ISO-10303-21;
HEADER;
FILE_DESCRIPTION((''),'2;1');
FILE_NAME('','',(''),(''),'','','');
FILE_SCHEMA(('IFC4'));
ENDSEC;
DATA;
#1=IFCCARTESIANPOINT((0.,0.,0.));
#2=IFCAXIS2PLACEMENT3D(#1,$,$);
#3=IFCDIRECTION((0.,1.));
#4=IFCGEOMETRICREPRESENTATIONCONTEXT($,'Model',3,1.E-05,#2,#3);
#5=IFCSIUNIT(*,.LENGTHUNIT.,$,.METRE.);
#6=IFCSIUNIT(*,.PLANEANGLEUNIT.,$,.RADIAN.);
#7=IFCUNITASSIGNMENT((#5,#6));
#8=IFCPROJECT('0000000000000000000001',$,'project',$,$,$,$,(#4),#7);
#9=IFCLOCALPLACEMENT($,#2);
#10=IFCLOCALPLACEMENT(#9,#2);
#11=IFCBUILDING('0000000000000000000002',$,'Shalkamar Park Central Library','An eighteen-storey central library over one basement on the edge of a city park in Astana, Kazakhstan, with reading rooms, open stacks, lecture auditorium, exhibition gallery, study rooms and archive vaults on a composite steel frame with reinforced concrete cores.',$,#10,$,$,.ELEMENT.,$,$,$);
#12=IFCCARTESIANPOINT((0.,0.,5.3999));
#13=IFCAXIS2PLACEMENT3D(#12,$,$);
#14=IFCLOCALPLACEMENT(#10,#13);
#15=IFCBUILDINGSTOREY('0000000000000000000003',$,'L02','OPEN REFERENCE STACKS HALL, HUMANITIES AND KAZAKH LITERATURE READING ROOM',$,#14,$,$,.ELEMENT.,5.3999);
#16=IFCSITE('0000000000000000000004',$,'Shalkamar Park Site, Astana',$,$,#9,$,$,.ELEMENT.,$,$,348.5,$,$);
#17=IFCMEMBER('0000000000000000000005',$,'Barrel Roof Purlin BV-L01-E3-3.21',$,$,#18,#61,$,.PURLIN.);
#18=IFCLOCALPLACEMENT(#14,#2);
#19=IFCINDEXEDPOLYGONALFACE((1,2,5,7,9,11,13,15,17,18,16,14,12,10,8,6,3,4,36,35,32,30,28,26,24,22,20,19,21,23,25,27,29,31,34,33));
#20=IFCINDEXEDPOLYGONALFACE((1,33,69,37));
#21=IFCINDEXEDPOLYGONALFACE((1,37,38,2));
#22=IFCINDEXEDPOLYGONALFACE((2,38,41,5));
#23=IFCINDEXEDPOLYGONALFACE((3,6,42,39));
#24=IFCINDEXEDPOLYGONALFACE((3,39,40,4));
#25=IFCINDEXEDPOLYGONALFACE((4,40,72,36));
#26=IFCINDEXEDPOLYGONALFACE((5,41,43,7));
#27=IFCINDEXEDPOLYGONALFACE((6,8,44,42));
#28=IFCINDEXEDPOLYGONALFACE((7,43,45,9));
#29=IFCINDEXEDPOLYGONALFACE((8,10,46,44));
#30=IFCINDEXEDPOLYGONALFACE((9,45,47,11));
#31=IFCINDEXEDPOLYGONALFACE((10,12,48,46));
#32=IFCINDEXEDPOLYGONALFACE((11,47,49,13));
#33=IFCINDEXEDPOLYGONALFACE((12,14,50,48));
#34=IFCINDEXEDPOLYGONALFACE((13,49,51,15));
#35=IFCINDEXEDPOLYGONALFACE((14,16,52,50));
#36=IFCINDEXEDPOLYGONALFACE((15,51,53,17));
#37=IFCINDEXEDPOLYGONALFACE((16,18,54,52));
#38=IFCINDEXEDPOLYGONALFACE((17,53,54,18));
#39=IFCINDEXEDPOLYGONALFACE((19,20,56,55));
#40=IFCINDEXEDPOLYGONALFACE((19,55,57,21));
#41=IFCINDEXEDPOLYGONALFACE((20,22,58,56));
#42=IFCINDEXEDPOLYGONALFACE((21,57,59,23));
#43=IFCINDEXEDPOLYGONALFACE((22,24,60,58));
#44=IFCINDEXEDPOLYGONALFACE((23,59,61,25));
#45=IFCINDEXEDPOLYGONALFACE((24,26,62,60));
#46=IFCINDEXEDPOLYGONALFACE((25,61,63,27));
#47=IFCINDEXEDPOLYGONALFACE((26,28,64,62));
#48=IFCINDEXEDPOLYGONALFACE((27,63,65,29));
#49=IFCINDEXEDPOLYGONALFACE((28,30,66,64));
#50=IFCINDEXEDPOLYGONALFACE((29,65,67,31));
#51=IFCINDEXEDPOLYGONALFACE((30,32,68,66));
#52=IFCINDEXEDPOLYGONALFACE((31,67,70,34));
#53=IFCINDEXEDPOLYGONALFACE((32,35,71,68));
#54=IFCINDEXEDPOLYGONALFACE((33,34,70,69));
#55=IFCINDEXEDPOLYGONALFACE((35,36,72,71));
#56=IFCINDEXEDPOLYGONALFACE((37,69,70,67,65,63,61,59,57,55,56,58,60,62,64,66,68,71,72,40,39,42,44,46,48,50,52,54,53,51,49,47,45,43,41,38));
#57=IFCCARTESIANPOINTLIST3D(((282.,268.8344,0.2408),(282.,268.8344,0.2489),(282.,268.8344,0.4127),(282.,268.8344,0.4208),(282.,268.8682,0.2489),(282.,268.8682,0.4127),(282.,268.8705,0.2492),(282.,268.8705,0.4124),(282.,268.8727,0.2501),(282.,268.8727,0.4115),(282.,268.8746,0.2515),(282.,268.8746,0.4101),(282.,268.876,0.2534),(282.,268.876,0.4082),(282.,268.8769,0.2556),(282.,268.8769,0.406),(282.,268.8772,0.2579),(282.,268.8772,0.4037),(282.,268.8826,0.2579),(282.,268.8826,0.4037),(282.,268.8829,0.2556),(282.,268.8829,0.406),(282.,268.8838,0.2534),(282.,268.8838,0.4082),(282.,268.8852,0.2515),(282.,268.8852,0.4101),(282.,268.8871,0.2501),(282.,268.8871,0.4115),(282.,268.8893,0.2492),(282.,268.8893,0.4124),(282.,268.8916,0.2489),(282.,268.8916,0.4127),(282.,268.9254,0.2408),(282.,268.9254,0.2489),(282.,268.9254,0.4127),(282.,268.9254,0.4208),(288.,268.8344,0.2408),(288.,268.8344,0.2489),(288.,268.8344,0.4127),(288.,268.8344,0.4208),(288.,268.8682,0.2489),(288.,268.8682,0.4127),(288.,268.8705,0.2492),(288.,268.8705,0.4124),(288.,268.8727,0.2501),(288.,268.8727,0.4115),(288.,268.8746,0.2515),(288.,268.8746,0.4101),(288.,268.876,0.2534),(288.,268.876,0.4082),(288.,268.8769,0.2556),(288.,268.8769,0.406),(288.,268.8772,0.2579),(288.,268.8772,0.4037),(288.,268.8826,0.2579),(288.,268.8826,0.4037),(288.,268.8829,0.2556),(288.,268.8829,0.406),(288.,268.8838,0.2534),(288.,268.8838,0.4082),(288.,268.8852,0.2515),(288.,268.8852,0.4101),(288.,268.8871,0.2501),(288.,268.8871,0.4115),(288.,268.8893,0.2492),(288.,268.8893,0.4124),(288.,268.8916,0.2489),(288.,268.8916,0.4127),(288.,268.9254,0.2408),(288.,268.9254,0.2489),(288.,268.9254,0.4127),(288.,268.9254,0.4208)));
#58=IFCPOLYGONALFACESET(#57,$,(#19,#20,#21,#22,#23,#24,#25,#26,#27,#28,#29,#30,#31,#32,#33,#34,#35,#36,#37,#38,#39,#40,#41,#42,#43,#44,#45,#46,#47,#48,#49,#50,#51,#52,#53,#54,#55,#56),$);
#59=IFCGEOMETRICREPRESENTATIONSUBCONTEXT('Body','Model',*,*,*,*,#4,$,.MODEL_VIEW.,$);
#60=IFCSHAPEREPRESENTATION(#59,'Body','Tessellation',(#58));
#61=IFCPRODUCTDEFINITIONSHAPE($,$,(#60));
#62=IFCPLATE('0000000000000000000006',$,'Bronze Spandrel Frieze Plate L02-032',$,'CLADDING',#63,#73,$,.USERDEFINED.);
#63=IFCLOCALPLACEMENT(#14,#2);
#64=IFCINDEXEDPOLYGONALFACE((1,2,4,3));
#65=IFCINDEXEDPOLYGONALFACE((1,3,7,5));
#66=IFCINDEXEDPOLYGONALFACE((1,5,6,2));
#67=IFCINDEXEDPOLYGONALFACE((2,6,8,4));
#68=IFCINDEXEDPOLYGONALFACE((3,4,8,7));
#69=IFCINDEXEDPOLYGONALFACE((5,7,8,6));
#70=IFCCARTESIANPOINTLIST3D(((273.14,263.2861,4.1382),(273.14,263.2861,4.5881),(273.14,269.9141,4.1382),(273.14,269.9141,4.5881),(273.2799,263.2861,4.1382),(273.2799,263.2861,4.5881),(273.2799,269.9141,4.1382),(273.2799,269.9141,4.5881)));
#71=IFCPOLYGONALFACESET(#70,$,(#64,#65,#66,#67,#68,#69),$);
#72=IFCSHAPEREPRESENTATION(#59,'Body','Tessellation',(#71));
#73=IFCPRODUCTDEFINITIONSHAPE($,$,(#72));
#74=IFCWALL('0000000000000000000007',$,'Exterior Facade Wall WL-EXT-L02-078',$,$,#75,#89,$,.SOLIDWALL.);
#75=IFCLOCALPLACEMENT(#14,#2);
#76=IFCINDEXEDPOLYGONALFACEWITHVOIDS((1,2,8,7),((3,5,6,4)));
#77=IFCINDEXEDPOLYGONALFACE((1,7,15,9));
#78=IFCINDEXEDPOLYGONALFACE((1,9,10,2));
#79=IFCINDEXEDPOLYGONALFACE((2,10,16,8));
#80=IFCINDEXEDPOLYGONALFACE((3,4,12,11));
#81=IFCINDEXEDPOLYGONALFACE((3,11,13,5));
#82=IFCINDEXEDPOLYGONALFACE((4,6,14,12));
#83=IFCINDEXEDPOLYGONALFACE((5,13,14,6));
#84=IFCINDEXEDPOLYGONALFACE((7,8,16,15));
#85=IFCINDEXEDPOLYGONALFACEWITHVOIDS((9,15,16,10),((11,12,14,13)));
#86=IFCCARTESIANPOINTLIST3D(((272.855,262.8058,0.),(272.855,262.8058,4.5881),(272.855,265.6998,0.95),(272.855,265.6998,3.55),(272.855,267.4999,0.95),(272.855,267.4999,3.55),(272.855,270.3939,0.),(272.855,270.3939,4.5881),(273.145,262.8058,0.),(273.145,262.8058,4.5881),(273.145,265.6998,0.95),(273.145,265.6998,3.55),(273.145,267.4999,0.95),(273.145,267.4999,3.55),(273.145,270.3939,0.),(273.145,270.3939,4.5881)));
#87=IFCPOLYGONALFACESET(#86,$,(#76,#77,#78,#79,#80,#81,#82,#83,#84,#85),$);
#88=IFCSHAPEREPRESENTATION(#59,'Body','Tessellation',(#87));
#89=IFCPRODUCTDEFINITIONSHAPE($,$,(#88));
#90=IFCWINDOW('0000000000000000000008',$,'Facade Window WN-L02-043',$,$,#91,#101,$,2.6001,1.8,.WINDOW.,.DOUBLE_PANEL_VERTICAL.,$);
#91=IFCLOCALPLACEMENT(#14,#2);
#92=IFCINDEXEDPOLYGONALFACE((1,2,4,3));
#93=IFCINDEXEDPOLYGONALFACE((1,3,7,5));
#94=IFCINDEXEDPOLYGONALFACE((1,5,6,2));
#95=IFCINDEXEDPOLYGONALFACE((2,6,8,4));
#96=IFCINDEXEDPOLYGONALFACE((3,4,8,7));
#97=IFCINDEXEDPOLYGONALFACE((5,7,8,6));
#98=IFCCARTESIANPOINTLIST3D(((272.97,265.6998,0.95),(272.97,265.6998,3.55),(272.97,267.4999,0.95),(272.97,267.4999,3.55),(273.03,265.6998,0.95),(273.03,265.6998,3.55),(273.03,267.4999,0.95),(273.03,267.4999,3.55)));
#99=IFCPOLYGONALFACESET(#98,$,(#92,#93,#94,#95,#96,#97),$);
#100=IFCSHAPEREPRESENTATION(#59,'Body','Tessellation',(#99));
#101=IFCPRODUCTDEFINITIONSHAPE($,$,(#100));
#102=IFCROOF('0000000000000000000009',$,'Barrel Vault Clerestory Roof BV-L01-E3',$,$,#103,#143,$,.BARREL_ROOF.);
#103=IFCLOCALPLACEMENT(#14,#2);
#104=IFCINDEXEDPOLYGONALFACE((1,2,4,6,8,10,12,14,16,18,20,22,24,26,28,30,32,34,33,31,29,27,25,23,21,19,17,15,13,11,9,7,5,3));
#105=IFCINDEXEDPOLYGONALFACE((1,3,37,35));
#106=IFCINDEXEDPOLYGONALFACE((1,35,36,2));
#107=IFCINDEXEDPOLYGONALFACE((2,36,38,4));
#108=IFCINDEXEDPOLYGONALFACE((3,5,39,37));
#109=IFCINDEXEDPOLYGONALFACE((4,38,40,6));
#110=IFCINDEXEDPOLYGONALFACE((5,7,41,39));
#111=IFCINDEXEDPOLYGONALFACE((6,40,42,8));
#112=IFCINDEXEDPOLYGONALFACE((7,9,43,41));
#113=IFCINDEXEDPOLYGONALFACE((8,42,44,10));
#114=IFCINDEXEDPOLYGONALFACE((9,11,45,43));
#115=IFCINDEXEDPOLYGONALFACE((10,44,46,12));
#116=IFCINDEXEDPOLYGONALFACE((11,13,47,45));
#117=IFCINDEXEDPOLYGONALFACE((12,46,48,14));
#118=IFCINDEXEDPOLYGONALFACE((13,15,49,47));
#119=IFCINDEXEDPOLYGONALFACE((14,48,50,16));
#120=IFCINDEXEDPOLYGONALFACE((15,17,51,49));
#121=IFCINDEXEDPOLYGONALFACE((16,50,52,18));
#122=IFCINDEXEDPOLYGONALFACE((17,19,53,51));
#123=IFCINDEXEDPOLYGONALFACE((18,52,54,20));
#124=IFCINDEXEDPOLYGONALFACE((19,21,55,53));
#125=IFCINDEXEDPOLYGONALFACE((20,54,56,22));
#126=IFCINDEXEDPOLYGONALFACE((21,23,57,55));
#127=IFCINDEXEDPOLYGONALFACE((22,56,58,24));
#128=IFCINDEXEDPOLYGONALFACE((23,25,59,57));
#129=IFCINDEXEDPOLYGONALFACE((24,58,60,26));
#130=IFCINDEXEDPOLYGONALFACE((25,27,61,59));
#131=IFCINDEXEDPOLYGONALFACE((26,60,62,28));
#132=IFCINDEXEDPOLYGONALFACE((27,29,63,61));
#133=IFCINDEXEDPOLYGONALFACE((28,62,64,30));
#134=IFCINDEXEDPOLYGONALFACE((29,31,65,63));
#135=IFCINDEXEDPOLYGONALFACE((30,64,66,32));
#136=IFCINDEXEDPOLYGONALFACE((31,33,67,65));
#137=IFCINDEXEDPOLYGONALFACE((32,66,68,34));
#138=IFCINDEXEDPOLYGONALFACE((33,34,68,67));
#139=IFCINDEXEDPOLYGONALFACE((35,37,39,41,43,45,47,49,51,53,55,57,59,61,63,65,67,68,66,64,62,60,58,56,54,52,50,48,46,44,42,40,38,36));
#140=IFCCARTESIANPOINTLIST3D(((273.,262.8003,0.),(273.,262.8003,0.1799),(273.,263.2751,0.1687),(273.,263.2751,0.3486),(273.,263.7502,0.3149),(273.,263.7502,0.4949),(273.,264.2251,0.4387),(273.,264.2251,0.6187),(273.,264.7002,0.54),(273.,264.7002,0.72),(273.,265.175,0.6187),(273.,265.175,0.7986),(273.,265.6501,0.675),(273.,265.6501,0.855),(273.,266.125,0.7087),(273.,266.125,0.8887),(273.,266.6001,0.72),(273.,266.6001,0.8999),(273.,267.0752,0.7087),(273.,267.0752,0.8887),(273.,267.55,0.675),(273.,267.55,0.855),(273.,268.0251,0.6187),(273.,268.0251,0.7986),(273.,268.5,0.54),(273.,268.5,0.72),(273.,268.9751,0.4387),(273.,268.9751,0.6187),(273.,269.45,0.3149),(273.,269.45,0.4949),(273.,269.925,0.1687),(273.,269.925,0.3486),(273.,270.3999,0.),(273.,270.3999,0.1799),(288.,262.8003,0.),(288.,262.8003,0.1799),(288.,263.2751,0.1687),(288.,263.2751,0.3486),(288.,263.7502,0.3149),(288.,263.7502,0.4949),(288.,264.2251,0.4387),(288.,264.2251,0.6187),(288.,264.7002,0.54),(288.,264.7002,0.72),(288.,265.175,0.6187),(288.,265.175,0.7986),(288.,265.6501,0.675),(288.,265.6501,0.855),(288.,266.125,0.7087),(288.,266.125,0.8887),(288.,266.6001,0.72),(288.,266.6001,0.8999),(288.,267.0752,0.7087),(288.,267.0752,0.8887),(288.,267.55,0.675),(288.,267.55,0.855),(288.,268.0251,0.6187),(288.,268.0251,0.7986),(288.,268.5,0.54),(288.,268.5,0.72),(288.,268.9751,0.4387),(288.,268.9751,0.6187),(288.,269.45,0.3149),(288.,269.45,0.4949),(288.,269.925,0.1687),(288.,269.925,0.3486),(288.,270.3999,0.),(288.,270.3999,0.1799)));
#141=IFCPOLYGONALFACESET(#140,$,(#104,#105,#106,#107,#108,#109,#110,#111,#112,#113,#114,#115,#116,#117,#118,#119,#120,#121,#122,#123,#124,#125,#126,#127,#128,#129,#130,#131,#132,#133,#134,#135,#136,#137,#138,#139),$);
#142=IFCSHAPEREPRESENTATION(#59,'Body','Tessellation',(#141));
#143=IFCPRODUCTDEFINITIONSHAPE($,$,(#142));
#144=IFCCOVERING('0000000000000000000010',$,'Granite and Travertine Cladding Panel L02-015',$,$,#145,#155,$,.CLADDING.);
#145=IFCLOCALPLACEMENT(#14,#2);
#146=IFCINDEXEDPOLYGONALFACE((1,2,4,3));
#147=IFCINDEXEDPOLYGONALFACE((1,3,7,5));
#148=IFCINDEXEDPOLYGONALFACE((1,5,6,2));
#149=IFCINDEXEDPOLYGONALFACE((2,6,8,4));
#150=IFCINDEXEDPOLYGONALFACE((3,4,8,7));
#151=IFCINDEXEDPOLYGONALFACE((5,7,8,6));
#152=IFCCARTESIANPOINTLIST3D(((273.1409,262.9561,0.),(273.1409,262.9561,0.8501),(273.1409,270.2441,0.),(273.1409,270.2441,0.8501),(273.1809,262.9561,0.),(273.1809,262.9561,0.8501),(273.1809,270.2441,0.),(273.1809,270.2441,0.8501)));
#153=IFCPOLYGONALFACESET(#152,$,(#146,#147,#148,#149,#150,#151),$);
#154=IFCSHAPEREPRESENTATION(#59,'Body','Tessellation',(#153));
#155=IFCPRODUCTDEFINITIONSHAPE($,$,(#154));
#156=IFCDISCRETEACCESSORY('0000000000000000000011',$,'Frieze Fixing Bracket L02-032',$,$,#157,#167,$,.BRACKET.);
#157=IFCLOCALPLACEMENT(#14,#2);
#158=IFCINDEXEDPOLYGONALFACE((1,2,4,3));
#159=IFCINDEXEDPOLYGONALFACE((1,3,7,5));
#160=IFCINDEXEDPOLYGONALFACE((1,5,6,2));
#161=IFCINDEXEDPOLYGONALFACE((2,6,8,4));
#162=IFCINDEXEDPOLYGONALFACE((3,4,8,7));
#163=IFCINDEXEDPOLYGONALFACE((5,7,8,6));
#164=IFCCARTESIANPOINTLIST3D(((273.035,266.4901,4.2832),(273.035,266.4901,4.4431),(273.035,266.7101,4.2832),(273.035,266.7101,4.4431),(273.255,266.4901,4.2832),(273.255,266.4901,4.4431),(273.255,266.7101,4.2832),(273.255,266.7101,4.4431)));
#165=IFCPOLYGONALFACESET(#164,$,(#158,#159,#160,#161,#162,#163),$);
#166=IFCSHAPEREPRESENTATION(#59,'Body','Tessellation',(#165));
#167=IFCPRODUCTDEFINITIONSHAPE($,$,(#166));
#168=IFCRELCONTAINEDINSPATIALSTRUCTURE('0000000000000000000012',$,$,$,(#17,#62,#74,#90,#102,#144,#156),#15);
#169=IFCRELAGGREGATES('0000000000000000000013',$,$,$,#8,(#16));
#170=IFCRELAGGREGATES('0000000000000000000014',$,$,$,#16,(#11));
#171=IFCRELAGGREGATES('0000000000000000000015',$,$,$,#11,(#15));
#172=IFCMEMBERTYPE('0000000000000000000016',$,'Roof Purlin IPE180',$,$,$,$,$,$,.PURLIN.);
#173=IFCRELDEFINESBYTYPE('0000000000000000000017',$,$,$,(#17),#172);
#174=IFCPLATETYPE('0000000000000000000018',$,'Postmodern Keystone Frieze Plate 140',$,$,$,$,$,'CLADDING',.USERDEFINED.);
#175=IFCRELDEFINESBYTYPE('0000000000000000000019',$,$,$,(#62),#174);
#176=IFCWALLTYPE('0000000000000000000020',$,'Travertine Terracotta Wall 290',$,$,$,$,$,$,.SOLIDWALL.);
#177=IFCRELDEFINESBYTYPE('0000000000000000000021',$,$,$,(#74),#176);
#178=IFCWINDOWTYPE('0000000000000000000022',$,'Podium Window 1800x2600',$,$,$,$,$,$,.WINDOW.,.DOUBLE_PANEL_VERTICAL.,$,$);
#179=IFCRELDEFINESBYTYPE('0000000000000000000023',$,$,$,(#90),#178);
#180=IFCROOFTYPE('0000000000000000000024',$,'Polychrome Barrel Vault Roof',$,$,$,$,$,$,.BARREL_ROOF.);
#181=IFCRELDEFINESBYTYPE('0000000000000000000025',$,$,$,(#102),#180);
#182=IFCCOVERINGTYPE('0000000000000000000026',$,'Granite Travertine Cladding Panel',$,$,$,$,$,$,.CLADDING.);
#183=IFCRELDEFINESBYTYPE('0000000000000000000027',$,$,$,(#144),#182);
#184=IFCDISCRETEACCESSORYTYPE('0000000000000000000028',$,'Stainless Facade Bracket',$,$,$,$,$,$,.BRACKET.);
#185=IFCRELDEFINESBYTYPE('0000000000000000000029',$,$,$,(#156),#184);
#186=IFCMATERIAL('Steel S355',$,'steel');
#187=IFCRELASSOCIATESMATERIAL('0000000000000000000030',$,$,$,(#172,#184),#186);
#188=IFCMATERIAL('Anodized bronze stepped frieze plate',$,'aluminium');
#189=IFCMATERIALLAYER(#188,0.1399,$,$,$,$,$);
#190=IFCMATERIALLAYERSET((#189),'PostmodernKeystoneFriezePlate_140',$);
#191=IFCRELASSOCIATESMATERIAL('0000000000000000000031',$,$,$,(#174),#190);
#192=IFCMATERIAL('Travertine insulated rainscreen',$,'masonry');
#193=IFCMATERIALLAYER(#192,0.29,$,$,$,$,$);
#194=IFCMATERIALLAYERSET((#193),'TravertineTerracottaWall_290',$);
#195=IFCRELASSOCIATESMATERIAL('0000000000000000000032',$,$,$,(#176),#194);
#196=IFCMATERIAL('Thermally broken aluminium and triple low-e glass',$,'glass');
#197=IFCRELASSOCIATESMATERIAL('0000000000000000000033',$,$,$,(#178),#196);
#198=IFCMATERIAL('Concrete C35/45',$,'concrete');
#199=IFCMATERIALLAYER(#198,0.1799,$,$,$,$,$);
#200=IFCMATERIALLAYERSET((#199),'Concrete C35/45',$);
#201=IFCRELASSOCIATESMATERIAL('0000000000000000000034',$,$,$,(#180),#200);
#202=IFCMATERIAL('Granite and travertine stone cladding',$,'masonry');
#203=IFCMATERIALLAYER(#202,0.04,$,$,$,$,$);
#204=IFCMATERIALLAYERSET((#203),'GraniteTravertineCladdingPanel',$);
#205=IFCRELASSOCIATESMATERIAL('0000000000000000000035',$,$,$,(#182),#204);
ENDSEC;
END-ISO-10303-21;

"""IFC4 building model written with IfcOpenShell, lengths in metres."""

from ifc_helpers import new_model, si_unit, direction, frame, frame_2d, origin, origin_2d, place, context, subcontext, project, spatial, polyline, rectangle, i_section, outline, extrude, material, layer, layer_set, material_profile, profile_set, type_object, element, fill, save


model = new_model("IFC4")

# Units and contexts
model_context = context("Model", 3, precision=1e-05, world=origin(), true_north=direction((0.0, 1.0)))
body_context = subcontext(model_context, "Body", "Model", "MODEL_VIEW")
ifc_project = project(units=[si_unit("LENGTHUNIT", "METRE"), si_unit("PLANEANGLEUNIT", "RADIAN")], contexts=[model_context])

# Site, building, storey
site_placement = place(None, origin())
site = spatial("IfcSite", under=ifc_project, at=site_placement, Name="Shalkamar Park Site, Astana", CompositionType="ELEMENT", RefElevation=348.5)
building_placement = place(site_placement, origin())
building = spatial("IfcBuilding", under=site, at=building_placement, Name="Shalkamar Park Central Library", Description="An eighteen-storey central library over one basement on the edge of a city park in Astana, Kazakhstan, with reading rooms, open stacks, lecture auditorium, exhibition gallery, study rooms and archive vaults on a composite steel frame with reinforced concrete cores.", CompositionType="ELEMENT")
storey_placement = place(building_placement, frame((0.0, 0.0, 5.3999)))
storey = spatial("IfcBuildingStorey", under=building, at=storey_placement, Name="L02", Description="OPEN REFERENCE STACKS HALL, HUMANITIES AND KAZAKH LITERATURE READING ROOM", CompositionType="ELEMENT", Elevation=5.3999)

# Shared definitions
ifc_material_1 = material(Name="Steel S355", Category="steel")

# Member
ifc_material_profile_1 = material_profile(ifc_material_1, i_section(OverallWidth=0.0911, OverallDepth=0.1799, WebThickness=0.0054, FlangeThickness=0.0081, FilletRadius=0.009, at=origin_2d()), Name="IPE 180")
ifc_profile_set_1 = profile_set([ifc_material_profile_1], Name="Steel S355")
member_type_1 = type_object("IfcMemberType", Name="Roof Purlin IPE180", PredefinedType="PURLIN", material=ifc_profile_set_1)
member_1_placement = place(storey_placement, frame((282.0, 268.8799, 0.3308), z_axis=(1.0, 0.0, 0.0), x_axis=(0.0, 1.0, 0.0)))
element("IfcMember", 1, at=member_1_placement, inside=storey, type_object=member_type_1, Name="Barrel Roof Purlin BV-L01-E3-3.21", PredefinedType="PURLIN", context=body_context, shape_type="SweptSolid", body=[
    extrude(i_section(OverallWidth=0.0911, OverallDepth=0.1799, WebThickness=0.0054, FlangeThickness=0.0081, FilletRadius=0.009, at=origin_2d()), origin(), (0.0, 0.0, 1.0), 6.0),
])

# Plate
ifc_material_2 = material(Name="Anodized bronze stepped frieze plate", Category="aluminium")
ifc_layer_1 = layer(ifc_material_2, 0.1399)
ifc_layer_set_1 = layer_set([ifc_layer_1], Name="PostmodernKeystoneFriezePlate_140")
plate_type = type_object("IfcPlateType", Name="Postmodern Keystone Frieze Plate 140", ElementType="CLADDING", PredefinedType="USERDEFINED", material=ifc_layer_set_1)
plate_placement = place(storey_placement, frame((273.21, 266.6001, 4.1382), z_axis=(0.0, 0.0, 1.0), x_axis=(1.0, 0.0, 0.0)))
element("IfcPlate", 2, at=plate_placement, inside=storey, type_object=plate_type, Name="Bronze Spandrel Frieze Plate L02-032", ObjectType="CLADDING", PredefinedType="USERDEFINED", context=body_context, shape_type="SweptSolid", body=[
    extrude(rectangle(XDim=0.1399, YDim=6.6279, at=origin_2d()), origin(), (0.0, 0.0, 1.0), 0.45),
])

# Wall, opening, window
ifc_material_3 = material(Name="Travertine insulated rainscreen", Category="masonry")
ifc_layer_2 = layer(ifc_material_3, 0.29)
ifc_layer_set_2 = layer_set([ifc_layer_2], Name="TravertineTerracottaWall_290")
wall_type = type_object("IfcWallType", Name="Travertine Terracotta Wall 290", PredefinedType="SOLIDWALL", material=ifc_layer_set_2)
wall_placement = place(storey_placement, frame((273.0, 262.8059, 0.0), z_axis=(0.0, 0.0, 1.0), x_axis=(0.0, 1.0, 0.0)))
wall = element("IfcWall", 3, at=wall_placement, inside=storey, type_object=wall_type, Name="Exterior Facade Wall WL-EXT-L02-078", PredefinedType="SOLIDWALL", context=body_context, shape_type="SweptSolid", body=[
    extrude(rectangle(XDim=7.5881, YDim=0.29, at=frame_2d((3.7939, 0.0))), origin(), (0.0, 0.0, 1.0), 4.5881),
])
opening_placement = place(wall_placement, frame((2.894, 0.0, 0.95)))
opening = element("IfcOpeningElement", 4, at=opening_placement, cuts=wall, PredefinedType="OPENING", context=body_context, shape_type="SweptSolid", body=[
    extrude(rectangle(XDim=1.8, YDim=2.6001, at=frame_2d((0.8999, 1.3))), frame((0.0, 0.1599, 0.0), z_axis=(0.0, -1.0, 0.0), x_axis=(1.0, 0.0, 0.0)), (0.0, 0.0, 1.0), 0.3198),
])
ifc_material_4 = material(Name="Thermally broken aluminium and triple low-e glass", Category="glass")
window_type = type_object("IfcWindowType", Name="Podium Window 1800x2600", PartitioningType="DOUBLE_PANEL_VERTICAL", PredefinedType="WINDOW", material=ifc_material_4)
window_placement = place(opening_placement, origin())
window = element("IfcWindow", 5, at=window_placement, inside=storey, type_object=window_type, Name="Facade Window WN-L02-043", OverallHeight=2.6001, OverallWidth=1.8, PartitioningType="DOUBLE_PANEL_VERTICAL", PredefinedType="WINDOW", context=body_context, shape_type="SweptSolid", body=[
    extrude(rectangle(XDim=1.8, YDim=2.6001, at=frame_2d((0.8999, 1.3))), frame((0.0, 0.03, 0.0), z_axis=(0.0, -1.0, 0.0), x_axis=(1.0, 0.0, 0.0)), (0.0, 0.0, 1.0), 0.0601),
])
fill(opening, window)

# Roof
ifc_material_5 = material(Name="Concrete C35/45", Category="concrete")
ifc_layer_3 = layer(ifc_material_5, 0.1799)
ifc_layer_set_3 = layer_set([ifc_layer_3], Name="Concrete C35/45")
roof_type = type_object("IfcRoofType", Name="Polychrome Barrel Vault Roof", PredefinedType="BARREL_ROOF", material=ifc_layer_set_3)
roof_placement = place(storey_placement, frame((273.0, 266.6001, 0.0), z_axis=(0.0, 0.0, 1.0), x_axis=(1.0, 0.0, 0.0)))
element("IfcRoof", 6, at=roof_placement, inside=storey, type_object=roof_type, Name="Barrel Vault Clerestory Roof BV-L01-E3", PredefinedType="BARREL_ROOF", context=body_context, shape_type="SweptSolid", body=[
    extrude(outline(polyline([(-3.7998, 0.1799), (-3.325, 0.3486), (-2.8499, 0.4949), (-2.375, 0.6187), (-1.8999, 0.72), (-1.425, 0.7986), (-0.95, 0.855), (-0.4751, 0.8887), (0.0, 0.8999), (0.4751, 0.8887), (0.95, 0.855), (1.425, 0.7986), (1.8999, 0.72), (2.375, 0.6187), (2.8499, 0.4949), (3.325, 0.3486), (3.7998, 0.1799), (3.7998, 0.0), (3.325, 0.1687), (2.8499, 0.3149), (2.375, 0.4387), (1.8999, 0.54), (1.425, 0.6187), (0.95, 0.675), (0.4751, 0.7087), (0.0, 0.72), (-0.4751, 0.7087), (-0.95, 0.675), (-1.425, 0.6187), (-1.8999, 0.54), (-2.375, 0.4387), (-2.8499, 0.3149), (-3.325, 0.1687), (-3.7998, 0.0), (-3.7998, 0.1799)])), frame((0.0, 0.0, 0.0), z_axis=(1.0, 0.0, 0.0), x_axis=(0.0, 1.0, 0.0)), (0.0, 0.0, 1.0), 15.0),
])

# Covering
ifc_material_6 = material(Name="Granite and travertine stone cladding", Category="masonry")
ifc_layer_4 = layer(ifc_material_6, 0.04)
ifc_layer_set_4 = layer_set([ifc_layer_4], Name="GraniteTravertineCladdingPanel")
covering_type = type_object("IfcCoveringType", Name="Granite Travertine Cladding Panel", PredefinedType="CLADDING", material=ifc_layer_set_4)
covering_placement = place(storey_placement, frame((273.1609, 266.6001, 0.0), z_axis=(0.0, 0.0, 1.0), x_axis=(1.0, 0.0, 0.0)))
element("IfcCovering", 7, at=covering_placement, inside=storey, type_object=covering_type, Name="Granite and Travertine Cladding Panel L02-015", PredefinedType="CLADDING", context=body_context, shape_type="SweptSolid", body=[
    extrude(rectangle(XDim=0.04, YDim=7.2881, at=origin_2d()), origin(), (0.0, 0.0, 1.0), 0.8501),
])

# Discrete accessory
discrete_accessory_type = type_object("IfcDiscreteAccessoryType", Name="Stainless Facade Bracket", PredefinedType="BRACKET", material=ifc_material_1)
discrete_accessory_placement = place(storey_placement, frame((273.145, 266.6001, 4.2832), z_axis=(0.0, 0.0, 1.0), x_axis=(1.0, 0.0, 0.0)))
element("IfcDiscreteAccessory", 8, at=discrete_accessory_placement, inside=storey, type_object=discrete_accessory_type, Name="Frieze Fixing Bracket L02-032", PredefinedType="BRACKET", context=body_context, shape_type="SweptSolid", body=[
    extrude(rectangle(XDim=0.22, YDim=0.22, at=origin_2d()), origin(), (0.0, 0.0, 1.0), 0.1599),
])

save(model, "model.ifc")
